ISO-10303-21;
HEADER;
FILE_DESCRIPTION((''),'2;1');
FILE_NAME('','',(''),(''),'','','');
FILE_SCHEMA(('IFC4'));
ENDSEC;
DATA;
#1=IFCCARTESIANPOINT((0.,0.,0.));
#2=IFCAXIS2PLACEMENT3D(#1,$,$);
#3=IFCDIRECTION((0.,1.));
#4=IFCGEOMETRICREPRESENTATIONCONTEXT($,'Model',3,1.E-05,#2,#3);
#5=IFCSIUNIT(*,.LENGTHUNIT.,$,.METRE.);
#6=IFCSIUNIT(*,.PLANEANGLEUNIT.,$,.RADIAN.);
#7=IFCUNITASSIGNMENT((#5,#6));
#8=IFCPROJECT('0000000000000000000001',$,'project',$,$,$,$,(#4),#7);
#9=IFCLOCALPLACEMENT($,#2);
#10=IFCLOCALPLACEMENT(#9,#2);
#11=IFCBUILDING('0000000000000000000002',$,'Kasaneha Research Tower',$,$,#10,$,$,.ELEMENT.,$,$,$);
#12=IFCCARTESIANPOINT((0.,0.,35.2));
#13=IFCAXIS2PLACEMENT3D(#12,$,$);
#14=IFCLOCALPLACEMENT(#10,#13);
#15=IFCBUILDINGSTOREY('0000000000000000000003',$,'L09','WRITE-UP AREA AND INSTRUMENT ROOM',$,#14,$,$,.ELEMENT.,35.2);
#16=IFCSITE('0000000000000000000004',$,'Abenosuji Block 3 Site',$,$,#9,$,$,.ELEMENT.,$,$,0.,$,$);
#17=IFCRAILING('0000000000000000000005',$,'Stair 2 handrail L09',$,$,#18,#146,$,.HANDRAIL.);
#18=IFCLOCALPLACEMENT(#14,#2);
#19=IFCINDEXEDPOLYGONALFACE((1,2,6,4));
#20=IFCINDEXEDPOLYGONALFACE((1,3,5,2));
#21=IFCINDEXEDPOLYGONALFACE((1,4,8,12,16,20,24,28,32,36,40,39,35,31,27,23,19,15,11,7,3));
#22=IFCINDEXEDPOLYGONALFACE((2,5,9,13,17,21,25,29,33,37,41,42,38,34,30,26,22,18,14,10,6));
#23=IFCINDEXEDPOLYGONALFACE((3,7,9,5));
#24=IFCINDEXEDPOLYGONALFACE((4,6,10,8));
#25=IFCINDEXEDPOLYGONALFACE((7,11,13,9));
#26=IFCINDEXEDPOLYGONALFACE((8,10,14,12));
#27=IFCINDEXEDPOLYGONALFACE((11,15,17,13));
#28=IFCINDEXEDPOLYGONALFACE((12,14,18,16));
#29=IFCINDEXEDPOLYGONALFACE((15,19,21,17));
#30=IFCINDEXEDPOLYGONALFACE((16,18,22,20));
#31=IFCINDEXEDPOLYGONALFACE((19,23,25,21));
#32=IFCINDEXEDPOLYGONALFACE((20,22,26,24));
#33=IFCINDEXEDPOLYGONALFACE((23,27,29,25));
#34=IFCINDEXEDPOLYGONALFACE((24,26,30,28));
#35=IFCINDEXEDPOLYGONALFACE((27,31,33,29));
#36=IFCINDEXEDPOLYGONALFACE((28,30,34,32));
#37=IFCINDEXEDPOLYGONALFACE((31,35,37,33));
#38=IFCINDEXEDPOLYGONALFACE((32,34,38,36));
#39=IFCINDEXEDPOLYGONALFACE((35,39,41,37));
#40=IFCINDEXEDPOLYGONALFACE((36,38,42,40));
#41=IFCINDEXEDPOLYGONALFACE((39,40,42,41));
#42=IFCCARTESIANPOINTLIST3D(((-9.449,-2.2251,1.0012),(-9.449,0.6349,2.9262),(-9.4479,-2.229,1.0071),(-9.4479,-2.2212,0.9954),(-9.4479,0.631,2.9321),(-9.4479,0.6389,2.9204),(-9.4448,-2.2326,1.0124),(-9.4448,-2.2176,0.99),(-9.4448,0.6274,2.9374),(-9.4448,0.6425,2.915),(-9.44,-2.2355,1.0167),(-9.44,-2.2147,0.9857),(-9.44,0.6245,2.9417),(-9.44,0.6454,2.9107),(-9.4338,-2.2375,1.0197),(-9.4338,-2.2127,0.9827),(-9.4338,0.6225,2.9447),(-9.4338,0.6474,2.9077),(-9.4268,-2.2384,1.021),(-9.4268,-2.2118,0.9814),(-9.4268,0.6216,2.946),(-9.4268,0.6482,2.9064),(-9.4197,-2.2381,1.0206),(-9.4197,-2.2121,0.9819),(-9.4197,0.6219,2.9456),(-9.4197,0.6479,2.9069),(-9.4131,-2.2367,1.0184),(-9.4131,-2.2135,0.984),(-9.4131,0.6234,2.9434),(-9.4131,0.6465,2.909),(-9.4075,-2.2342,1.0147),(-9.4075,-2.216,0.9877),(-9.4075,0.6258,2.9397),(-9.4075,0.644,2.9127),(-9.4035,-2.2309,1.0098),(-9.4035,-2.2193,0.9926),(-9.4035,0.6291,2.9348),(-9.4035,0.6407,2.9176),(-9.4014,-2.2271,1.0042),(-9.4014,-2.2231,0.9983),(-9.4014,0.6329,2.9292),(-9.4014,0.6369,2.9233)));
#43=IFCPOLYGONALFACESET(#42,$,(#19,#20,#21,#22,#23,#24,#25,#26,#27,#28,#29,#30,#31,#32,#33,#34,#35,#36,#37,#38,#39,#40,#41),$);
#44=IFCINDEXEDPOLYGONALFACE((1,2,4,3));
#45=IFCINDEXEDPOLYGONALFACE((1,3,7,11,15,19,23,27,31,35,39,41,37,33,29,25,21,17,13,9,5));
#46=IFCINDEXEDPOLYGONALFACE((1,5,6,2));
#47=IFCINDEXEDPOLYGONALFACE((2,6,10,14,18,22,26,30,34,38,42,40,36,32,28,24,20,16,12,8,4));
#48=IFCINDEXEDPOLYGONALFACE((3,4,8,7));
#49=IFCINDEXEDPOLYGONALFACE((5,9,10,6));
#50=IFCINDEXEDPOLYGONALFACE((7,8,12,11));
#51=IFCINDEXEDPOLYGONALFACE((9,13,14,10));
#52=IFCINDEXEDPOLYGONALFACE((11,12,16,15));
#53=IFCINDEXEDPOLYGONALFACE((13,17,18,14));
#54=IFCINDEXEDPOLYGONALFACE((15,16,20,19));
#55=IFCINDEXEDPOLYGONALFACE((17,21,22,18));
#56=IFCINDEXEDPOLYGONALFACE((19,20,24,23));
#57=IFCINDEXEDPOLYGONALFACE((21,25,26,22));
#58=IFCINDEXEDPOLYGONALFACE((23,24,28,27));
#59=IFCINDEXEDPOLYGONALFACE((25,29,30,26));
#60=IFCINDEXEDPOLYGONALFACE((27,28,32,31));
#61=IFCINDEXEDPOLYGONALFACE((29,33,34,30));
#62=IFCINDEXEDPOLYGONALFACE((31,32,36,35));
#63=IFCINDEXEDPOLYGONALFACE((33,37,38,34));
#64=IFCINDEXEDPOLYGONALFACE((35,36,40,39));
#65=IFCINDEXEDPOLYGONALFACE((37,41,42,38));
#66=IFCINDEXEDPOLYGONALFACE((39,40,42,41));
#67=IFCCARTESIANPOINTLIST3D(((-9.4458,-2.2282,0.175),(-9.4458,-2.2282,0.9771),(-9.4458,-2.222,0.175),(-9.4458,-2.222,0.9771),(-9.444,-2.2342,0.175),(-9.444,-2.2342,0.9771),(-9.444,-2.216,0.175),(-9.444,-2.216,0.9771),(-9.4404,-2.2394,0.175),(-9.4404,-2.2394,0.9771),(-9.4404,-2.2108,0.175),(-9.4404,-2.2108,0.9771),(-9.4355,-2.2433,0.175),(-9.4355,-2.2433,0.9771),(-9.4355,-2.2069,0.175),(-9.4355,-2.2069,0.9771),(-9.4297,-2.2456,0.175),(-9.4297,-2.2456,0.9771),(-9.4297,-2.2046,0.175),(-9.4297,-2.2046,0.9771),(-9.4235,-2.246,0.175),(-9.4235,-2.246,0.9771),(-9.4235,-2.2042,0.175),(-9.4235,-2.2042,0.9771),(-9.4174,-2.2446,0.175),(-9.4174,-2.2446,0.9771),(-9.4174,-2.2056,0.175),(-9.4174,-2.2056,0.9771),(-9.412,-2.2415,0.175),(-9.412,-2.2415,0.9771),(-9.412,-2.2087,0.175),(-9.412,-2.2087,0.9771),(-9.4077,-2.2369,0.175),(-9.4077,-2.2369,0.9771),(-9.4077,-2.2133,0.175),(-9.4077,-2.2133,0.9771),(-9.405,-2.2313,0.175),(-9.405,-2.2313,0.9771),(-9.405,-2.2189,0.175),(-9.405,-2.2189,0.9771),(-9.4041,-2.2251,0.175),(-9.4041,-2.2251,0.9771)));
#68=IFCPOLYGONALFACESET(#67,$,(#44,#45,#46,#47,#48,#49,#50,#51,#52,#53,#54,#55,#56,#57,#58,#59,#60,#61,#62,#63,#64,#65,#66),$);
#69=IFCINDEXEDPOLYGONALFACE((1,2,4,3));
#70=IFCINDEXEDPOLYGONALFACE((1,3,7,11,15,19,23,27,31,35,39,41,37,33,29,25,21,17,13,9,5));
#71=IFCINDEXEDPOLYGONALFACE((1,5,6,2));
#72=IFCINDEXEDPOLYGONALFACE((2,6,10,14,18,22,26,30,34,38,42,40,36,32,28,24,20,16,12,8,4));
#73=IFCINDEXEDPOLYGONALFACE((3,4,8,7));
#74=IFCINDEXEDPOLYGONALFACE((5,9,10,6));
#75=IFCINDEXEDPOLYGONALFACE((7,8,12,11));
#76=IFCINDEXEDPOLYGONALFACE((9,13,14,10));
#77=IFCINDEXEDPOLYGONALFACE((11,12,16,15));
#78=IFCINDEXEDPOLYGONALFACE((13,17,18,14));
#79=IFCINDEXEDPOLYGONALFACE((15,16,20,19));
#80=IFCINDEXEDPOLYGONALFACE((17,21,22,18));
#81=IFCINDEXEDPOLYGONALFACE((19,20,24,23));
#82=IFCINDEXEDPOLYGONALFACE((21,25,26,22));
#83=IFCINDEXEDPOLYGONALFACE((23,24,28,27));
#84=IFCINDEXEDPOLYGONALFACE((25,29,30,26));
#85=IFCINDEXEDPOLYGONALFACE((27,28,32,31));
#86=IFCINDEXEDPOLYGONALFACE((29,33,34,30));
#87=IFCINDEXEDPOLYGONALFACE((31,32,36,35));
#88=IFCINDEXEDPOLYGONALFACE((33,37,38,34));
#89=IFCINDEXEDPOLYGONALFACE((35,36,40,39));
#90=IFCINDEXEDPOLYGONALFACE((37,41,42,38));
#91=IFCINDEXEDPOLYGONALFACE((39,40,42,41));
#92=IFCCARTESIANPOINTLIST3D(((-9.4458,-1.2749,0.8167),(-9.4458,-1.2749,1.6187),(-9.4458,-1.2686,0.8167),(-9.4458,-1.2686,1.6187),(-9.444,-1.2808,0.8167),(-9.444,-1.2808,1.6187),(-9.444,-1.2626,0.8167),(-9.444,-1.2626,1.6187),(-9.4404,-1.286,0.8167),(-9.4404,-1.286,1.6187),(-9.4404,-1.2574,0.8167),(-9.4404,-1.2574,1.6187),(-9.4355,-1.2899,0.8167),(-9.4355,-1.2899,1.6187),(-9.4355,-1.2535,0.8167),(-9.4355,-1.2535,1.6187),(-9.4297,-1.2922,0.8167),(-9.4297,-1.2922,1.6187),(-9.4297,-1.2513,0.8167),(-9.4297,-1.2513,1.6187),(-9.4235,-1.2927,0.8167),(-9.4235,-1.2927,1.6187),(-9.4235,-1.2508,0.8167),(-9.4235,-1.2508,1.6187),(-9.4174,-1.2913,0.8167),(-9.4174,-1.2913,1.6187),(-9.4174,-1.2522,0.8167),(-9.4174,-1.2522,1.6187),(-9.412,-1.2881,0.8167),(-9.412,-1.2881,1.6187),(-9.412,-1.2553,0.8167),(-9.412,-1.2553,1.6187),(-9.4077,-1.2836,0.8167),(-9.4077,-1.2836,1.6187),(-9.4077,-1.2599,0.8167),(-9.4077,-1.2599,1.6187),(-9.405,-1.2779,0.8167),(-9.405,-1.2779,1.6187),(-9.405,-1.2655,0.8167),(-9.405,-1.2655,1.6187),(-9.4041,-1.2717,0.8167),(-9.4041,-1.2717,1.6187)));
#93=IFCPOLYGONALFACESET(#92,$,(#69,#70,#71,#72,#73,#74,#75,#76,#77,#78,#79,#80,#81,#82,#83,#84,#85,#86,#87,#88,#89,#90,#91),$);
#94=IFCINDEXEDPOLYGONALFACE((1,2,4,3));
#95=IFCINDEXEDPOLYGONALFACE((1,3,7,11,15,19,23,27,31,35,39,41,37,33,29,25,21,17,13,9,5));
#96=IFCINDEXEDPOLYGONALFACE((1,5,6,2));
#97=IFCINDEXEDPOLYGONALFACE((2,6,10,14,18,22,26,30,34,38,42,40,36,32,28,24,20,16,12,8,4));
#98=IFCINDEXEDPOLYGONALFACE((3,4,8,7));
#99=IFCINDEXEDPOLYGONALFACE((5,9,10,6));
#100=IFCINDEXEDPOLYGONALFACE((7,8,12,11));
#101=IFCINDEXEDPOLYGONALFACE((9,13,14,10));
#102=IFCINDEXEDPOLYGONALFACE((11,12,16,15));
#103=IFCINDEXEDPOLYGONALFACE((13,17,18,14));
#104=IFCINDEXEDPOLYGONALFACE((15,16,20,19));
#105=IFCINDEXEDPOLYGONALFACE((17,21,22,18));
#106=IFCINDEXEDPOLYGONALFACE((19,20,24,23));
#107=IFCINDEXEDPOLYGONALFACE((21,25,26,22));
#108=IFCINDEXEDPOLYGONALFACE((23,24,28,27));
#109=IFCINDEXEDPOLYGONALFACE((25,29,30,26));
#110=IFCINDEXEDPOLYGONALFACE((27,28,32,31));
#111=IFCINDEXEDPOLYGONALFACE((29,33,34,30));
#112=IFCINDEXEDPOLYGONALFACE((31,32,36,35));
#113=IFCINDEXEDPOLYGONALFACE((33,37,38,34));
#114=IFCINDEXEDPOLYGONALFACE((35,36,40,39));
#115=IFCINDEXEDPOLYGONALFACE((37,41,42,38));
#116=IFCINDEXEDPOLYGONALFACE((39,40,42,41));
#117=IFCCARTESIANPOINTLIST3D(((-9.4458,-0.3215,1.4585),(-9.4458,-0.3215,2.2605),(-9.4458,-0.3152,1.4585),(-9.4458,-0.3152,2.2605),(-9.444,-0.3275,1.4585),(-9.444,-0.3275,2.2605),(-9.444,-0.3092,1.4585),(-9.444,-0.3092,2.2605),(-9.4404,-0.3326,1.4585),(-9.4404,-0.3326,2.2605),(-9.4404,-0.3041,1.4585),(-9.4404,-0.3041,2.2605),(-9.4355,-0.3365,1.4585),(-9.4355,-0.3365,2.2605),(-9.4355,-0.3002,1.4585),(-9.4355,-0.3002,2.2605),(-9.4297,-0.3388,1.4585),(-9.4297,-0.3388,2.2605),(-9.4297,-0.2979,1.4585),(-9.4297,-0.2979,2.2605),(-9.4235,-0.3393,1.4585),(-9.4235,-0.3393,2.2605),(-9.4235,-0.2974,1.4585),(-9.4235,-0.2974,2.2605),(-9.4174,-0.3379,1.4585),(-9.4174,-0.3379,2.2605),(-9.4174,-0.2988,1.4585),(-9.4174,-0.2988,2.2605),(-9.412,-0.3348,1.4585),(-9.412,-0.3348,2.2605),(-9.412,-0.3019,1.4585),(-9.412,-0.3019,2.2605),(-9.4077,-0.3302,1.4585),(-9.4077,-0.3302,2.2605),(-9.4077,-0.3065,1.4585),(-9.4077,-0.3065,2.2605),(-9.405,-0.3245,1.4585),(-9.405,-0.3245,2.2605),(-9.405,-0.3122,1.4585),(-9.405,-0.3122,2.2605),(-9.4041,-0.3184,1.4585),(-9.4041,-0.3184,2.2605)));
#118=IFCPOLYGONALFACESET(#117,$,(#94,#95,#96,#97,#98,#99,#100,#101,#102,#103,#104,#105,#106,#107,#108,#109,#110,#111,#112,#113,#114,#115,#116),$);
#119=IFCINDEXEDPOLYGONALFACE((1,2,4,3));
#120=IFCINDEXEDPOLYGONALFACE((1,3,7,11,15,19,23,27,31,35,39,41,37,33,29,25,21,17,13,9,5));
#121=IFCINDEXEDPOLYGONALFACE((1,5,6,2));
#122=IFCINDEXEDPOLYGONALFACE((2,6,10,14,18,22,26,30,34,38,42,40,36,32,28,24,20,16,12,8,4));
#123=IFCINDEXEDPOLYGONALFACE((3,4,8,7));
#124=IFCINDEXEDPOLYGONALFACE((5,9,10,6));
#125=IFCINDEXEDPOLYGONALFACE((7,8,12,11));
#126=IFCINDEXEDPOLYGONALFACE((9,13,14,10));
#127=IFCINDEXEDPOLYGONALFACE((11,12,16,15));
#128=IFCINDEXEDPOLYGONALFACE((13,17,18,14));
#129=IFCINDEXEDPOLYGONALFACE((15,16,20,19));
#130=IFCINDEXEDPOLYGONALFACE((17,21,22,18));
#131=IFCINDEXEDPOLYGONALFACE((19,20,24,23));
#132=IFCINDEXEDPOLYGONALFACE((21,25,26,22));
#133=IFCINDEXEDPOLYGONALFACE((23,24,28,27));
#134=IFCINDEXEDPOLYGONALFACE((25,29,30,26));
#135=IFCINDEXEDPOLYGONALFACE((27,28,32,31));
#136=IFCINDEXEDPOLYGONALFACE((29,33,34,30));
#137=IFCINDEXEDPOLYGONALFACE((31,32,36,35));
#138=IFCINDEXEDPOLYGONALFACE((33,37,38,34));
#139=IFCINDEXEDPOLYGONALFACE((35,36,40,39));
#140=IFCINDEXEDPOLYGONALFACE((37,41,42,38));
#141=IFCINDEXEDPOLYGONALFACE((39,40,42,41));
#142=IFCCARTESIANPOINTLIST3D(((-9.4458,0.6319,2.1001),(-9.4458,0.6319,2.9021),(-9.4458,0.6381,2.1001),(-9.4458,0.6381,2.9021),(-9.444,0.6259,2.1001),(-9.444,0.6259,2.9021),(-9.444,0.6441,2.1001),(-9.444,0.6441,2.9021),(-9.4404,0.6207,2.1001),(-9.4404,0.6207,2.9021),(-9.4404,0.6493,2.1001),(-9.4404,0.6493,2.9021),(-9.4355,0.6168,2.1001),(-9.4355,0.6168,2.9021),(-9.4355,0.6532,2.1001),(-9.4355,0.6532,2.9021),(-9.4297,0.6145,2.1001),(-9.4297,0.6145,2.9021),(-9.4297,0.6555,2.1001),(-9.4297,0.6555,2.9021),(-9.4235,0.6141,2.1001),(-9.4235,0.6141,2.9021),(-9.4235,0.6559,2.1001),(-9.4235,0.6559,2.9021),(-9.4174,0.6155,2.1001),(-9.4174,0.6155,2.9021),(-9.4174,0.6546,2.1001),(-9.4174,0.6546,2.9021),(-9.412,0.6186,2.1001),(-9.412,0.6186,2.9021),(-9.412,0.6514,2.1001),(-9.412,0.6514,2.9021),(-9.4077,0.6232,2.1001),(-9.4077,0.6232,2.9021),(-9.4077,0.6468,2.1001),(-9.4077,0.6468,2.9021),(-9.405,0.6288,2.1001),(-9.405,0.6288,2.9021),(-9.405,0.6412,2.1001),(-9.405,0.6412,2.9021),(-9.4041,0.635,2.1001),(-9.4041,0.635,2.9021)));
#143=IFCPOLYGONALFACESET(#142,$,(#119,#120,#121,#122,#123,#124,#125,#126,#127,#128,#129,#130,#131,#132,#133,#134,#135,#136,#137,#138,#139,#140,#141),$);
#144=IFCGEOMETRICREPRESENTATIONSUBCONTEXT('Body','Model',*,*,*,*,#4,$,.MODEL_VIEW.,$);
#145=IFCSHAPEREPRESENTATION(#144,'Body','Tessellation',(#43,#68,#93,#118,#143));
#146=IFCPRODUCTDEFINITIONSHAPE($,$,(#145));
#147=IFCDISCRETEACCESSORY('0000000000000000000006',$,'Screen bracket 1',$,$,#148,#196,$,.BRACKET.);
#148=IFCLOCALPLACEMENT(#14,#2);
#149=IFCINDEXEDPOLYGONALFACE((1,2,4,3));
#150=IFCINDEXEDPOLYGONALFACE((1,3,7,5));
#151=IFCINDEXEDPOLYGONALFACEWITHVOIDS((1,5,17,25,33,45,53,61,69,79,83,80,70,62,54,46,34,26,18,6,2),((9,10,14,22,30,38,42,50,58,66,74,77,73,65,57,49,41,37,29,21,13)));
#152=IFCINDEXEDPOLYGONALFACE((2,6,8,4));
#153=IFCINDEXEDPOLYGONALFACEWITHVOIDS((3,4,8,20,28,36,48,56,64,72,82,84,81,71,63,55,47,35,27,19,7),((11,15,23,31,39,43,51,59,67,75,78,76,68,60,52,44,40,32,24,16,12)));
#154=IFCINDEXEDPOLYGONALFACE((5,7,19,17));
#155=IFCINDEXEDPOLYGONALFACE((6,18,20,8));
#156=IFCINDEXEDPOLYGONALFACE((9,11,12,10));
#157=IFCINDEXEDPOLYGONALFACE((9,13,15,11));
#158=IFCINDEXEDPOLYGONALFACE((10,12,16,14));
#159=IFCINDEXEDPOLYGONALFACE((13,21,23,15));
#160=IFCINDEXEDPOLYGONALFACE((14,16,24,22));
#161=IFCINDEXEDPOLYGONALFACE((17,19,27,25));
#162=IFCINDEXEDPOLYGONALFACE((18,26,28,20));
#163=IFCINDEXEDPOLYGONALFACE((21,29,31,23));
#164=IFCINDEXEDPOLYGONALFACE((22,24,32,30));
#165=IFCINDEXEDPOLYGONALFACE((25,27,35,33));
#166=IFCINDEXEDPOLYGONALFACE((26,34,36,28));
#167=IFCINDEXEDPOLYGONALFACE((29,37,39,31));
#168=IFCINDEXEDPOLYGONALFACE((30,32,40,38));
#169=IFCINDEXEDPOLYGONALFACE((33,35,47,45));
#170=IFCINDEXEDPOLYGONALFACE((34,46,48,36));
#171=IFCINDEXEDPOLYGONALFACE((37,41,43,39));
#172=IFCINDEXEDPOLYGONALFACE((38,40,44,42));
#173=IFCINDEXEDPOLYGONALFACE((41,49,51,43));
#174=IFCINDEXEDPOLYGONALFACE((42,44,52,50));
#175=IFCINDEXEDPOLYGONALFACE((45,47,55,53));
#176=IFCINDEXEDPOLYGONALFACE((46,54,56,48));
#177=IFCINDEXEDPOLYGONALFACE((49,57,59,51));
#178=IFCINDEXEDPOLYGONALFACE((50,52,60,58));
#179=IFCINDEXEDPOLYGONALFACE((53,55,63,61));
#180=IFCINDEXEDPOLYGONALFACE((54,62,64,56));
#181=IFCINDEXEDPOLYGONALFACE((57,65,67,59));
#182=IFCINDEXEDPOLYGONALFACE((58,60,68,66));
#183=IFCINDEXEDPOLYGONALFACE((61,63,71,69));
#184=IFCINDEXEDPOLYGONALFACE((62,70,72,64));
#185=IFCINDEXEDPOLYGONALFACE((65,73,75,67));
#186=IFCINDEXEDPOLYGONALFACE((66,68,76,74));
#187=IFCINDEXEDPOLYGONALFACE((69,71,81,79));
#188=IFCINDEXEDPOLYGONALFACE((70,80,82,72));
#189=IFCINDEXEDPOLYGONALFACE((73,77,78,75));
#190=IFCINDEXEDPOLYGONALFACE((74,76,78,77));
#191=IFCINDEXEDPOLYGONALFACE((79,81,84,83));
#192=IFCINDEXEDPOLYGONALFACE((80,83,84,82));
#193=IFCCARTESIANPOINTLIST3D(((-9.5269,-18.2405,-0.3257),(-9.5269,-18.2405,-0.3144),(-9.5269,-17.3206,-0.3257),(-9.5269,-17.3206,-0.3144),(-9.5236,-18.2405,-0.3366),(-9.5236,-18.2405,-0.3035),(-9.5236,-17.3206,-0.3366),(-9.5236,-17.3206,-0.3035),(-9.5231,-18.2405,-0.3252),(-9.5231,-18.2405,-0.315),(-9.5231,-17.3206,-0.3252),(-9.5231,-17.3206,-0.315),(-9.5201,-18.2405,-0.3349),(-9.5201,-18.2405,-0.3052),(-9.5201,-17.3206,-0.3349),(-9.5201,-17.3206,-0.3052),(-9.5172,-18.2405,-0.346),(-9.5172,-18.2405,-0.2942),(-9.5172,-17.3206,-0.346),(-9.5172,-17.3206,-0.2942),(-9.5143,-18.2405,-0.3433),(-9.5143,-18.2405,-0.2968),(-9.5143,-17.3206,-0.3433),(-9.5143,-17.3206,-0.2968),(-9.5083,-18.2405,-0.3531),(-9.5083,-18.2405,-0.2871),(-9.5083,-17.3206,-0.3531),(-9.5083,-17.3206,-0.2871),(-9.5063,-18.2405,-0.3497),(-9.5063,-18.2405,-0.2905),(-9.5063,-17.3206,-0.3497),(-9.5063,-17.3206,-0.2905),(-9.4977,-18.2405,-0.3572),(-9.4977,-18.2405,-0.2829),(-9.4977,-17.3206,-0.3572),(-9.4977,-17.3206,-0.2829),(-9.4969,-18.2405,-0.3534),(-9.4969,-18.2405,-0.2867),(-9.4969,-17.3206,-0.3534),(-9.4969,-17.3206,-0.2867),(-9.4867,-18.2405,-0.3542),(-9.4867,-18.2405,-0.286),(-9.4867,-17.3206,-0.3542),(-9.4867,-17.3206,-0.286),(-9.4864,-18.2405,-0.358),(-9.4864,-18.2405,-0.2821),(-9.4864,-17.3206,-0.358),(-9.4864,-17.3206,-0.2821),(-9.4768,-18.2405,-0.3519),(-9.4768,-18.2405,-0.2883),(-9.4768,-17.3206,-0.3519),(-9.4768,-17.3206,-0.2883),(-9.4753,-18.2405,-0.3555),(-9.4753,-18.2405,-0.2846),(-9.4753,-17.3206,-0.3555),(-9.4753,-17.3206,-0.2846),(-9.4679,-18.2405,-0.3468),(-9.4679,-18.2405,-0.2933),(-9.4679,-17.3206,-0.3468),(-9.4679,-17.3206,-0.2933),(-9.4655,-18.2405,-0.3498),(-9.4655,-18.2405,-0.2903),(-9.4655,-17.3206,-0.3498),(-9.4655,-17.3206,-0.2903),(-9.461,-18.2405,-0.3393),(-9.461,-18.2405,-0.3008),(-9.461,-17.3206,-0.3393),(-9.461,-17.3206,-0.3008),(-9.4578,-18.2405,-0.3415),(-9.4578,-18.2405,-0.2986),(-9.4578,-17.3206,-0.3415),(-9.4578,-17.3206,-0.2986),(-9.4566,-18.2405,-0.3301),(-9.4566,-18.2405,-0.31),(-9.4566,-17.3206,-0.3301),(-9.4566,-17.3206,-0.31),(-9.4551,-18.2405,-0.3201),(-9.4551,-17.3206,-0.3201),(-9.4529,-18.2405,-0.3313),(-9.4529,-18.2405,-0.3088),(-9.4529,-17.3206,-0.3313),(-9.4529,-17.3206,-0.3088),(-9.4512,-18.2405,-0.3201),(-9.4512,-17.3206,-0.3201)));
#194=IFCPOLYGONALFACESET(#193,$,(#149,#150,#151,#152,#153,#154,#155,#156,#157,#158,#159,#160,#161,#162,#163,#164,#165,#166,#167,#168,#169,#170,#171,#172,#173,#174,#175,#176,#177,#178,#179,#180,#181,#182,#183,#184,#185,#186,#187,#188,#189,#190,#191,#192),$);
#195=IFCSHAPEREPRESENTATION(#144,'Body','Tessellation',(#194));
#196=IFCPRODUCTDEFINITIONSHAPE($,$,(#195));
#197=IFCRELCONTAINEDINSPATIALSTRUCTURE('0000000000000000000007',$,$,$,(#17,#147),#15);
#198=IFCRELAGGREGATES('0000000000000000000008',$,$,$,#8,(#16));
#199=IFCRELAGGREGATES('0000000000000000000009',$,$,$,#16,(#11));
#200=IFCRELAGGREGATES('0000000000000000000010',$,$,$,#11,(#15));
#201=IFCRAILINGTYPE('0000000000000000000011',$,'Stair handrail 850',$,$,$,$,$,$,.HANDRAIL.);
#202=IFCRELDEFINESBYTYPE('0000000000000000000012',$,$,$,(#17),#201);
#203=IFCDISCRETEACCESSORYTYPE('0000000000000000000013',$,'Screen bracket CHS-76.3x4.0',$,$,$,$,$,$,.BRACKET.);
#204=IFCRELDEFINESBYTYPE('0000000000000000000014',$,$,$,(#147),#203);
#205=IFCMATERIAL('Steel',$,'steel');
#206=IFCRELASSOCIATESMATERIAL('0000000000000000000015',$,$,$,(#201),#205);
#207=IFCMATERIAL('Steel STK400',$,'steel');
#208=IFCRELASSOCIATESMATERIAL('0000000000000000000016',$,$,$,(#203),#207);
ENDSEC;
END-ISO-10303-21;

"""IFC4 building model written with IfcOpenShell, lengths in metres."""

from ifc_helpers import new_model, si_unit, direction, frame, origin, origin_2d, place, context, subcontext, project, spatial, circle, hollow_circle, extrude, material, material_profile, profile_set, type_object, element, save


model = new_model("IFC4")

# Units and contexts
model_context = context("Model", 3, precision=1e-05, world=origin(), true_north=direction((0.0, 1.0)))
body_context = subcontext(model_context, "Body", "Model", "MODEL_VIEW")
ifc_project = project(units=[si_unit("LENGTHUNIT", "METRE"), si_unit("PLANEANGLEUNIT", "RADIAN")], contexts=[model_context])

# Site, building, storey
site_placement = place(None, origin())
site = spatial("IfcSite", under=ifc_project, at=site_placement, Name="Abenosuji Block 3 Site", CompositionType="ELEMENT", RefElevation=0.0)
building_placement = place(site_placement, origin())
building = spatial("IfcBuilding", under=site, at=building_placement, Name="Kasaneha Research Tower", CompositionType="ELEMENT")
storey_placement = place(building_placement, frame((0.0, 0.0, 35.2)))
storey = spatial("IfcBuildingStorey", under=building, at=storey_placement, Name="L09", Description="WRITE-UP AREA AND INSTRUMENT ROOM", CompositionType="ELEMENT", Elevation=35.2)

# Railing
ifc_material_1 = material(Name="Steel", Category="steel")
railing_type = type_object("IfcRailingType", Name="Stair handrail 850", PredefinedType="HANDRAIL", material=ifc_material_1)
railing_placement = place(storey_placement, frame((-9.425, -2.2251, 0.175)))
element("IfcRailing", 1, at=railing_placement, inside=storey, type_object=railing_type, Name="Stair 2 handrail L09", PredefinedType="HANDRAIL", context=body_context, shape_type="SweptSolid", body=[
    extrude(circle(Radius=0.0239, at=origin_2d()), frame((0.0, 0.0, 0.8262), z_axis=(0.0, 0.829591, 0.558372), x_axis=(-1.0, 0.0, 0.0)), (0.0, 0.0, 1.0), 3.4475),
    extrude(circle(Radius=0.021, at=origin_2d()), origin(), (0.0, 0.0, 1.0), 0.802),
    extrude(circle(Radius=0.021, at=origin_2d()), frame((0.0, 0.9534, 0.6416)), (0.0, 0.0, 1.0), 0.802),
    extrude(circle(Radius=0.021, at=origin_2d()), frame((0.0, 1.9067, 1.2834)), (0.0, 0.0, 1.0), 0.802),
    extrude(circle(Radius=0.021, at=origin_2d()), frame((0.0, 2.8601, 1.925)), (0.0, 0.0, 1.0), 0.802),
])

# Discrete accessory
ifc_material_2 = material(Name="Steel STK400", Category="steel")
ifc_material_profile_1 = material_profile(ifc_material_2, hollow_circle(Radius=0.0381, WallThickness=0.0039, at=origin_2d()), Name="CHS-76.3x4.0")
ifc_profile_set_1 = profile_set([ifc_material_profile_1], Name="Steel STK400")
discrete_accessory_type = type_object("IfcDiscreteAccessoryType", Name="Screen bracket CHS-76.3x4.0", PredefinedType="BRACKET", material=ifc_profile_set_1)
discrete_accessory_placement = place(storey_placement, frame((-9.4893, -17.3206, -0.3201), z_axis=(0.0, -1.0, 0.0), x_axis=(1.0, 0.0, 0.0)))
element("IfcDiscreteAccessory", 2, at=discrete_accessory_placement, inside=storey, type_object=discrete_accessory_type, Name="Screen bracket 1", PredefinedType="BRACKET", context=body_context, shape_type="SweptSolid", body=[
    extrude(hollow_circle(Radius=0.0381, WallThickness=0.0039, at=origin_2d()), origin(), (0.0, 0.0, 1.0), 0.9199),
])

save(model, "model.ifc")
